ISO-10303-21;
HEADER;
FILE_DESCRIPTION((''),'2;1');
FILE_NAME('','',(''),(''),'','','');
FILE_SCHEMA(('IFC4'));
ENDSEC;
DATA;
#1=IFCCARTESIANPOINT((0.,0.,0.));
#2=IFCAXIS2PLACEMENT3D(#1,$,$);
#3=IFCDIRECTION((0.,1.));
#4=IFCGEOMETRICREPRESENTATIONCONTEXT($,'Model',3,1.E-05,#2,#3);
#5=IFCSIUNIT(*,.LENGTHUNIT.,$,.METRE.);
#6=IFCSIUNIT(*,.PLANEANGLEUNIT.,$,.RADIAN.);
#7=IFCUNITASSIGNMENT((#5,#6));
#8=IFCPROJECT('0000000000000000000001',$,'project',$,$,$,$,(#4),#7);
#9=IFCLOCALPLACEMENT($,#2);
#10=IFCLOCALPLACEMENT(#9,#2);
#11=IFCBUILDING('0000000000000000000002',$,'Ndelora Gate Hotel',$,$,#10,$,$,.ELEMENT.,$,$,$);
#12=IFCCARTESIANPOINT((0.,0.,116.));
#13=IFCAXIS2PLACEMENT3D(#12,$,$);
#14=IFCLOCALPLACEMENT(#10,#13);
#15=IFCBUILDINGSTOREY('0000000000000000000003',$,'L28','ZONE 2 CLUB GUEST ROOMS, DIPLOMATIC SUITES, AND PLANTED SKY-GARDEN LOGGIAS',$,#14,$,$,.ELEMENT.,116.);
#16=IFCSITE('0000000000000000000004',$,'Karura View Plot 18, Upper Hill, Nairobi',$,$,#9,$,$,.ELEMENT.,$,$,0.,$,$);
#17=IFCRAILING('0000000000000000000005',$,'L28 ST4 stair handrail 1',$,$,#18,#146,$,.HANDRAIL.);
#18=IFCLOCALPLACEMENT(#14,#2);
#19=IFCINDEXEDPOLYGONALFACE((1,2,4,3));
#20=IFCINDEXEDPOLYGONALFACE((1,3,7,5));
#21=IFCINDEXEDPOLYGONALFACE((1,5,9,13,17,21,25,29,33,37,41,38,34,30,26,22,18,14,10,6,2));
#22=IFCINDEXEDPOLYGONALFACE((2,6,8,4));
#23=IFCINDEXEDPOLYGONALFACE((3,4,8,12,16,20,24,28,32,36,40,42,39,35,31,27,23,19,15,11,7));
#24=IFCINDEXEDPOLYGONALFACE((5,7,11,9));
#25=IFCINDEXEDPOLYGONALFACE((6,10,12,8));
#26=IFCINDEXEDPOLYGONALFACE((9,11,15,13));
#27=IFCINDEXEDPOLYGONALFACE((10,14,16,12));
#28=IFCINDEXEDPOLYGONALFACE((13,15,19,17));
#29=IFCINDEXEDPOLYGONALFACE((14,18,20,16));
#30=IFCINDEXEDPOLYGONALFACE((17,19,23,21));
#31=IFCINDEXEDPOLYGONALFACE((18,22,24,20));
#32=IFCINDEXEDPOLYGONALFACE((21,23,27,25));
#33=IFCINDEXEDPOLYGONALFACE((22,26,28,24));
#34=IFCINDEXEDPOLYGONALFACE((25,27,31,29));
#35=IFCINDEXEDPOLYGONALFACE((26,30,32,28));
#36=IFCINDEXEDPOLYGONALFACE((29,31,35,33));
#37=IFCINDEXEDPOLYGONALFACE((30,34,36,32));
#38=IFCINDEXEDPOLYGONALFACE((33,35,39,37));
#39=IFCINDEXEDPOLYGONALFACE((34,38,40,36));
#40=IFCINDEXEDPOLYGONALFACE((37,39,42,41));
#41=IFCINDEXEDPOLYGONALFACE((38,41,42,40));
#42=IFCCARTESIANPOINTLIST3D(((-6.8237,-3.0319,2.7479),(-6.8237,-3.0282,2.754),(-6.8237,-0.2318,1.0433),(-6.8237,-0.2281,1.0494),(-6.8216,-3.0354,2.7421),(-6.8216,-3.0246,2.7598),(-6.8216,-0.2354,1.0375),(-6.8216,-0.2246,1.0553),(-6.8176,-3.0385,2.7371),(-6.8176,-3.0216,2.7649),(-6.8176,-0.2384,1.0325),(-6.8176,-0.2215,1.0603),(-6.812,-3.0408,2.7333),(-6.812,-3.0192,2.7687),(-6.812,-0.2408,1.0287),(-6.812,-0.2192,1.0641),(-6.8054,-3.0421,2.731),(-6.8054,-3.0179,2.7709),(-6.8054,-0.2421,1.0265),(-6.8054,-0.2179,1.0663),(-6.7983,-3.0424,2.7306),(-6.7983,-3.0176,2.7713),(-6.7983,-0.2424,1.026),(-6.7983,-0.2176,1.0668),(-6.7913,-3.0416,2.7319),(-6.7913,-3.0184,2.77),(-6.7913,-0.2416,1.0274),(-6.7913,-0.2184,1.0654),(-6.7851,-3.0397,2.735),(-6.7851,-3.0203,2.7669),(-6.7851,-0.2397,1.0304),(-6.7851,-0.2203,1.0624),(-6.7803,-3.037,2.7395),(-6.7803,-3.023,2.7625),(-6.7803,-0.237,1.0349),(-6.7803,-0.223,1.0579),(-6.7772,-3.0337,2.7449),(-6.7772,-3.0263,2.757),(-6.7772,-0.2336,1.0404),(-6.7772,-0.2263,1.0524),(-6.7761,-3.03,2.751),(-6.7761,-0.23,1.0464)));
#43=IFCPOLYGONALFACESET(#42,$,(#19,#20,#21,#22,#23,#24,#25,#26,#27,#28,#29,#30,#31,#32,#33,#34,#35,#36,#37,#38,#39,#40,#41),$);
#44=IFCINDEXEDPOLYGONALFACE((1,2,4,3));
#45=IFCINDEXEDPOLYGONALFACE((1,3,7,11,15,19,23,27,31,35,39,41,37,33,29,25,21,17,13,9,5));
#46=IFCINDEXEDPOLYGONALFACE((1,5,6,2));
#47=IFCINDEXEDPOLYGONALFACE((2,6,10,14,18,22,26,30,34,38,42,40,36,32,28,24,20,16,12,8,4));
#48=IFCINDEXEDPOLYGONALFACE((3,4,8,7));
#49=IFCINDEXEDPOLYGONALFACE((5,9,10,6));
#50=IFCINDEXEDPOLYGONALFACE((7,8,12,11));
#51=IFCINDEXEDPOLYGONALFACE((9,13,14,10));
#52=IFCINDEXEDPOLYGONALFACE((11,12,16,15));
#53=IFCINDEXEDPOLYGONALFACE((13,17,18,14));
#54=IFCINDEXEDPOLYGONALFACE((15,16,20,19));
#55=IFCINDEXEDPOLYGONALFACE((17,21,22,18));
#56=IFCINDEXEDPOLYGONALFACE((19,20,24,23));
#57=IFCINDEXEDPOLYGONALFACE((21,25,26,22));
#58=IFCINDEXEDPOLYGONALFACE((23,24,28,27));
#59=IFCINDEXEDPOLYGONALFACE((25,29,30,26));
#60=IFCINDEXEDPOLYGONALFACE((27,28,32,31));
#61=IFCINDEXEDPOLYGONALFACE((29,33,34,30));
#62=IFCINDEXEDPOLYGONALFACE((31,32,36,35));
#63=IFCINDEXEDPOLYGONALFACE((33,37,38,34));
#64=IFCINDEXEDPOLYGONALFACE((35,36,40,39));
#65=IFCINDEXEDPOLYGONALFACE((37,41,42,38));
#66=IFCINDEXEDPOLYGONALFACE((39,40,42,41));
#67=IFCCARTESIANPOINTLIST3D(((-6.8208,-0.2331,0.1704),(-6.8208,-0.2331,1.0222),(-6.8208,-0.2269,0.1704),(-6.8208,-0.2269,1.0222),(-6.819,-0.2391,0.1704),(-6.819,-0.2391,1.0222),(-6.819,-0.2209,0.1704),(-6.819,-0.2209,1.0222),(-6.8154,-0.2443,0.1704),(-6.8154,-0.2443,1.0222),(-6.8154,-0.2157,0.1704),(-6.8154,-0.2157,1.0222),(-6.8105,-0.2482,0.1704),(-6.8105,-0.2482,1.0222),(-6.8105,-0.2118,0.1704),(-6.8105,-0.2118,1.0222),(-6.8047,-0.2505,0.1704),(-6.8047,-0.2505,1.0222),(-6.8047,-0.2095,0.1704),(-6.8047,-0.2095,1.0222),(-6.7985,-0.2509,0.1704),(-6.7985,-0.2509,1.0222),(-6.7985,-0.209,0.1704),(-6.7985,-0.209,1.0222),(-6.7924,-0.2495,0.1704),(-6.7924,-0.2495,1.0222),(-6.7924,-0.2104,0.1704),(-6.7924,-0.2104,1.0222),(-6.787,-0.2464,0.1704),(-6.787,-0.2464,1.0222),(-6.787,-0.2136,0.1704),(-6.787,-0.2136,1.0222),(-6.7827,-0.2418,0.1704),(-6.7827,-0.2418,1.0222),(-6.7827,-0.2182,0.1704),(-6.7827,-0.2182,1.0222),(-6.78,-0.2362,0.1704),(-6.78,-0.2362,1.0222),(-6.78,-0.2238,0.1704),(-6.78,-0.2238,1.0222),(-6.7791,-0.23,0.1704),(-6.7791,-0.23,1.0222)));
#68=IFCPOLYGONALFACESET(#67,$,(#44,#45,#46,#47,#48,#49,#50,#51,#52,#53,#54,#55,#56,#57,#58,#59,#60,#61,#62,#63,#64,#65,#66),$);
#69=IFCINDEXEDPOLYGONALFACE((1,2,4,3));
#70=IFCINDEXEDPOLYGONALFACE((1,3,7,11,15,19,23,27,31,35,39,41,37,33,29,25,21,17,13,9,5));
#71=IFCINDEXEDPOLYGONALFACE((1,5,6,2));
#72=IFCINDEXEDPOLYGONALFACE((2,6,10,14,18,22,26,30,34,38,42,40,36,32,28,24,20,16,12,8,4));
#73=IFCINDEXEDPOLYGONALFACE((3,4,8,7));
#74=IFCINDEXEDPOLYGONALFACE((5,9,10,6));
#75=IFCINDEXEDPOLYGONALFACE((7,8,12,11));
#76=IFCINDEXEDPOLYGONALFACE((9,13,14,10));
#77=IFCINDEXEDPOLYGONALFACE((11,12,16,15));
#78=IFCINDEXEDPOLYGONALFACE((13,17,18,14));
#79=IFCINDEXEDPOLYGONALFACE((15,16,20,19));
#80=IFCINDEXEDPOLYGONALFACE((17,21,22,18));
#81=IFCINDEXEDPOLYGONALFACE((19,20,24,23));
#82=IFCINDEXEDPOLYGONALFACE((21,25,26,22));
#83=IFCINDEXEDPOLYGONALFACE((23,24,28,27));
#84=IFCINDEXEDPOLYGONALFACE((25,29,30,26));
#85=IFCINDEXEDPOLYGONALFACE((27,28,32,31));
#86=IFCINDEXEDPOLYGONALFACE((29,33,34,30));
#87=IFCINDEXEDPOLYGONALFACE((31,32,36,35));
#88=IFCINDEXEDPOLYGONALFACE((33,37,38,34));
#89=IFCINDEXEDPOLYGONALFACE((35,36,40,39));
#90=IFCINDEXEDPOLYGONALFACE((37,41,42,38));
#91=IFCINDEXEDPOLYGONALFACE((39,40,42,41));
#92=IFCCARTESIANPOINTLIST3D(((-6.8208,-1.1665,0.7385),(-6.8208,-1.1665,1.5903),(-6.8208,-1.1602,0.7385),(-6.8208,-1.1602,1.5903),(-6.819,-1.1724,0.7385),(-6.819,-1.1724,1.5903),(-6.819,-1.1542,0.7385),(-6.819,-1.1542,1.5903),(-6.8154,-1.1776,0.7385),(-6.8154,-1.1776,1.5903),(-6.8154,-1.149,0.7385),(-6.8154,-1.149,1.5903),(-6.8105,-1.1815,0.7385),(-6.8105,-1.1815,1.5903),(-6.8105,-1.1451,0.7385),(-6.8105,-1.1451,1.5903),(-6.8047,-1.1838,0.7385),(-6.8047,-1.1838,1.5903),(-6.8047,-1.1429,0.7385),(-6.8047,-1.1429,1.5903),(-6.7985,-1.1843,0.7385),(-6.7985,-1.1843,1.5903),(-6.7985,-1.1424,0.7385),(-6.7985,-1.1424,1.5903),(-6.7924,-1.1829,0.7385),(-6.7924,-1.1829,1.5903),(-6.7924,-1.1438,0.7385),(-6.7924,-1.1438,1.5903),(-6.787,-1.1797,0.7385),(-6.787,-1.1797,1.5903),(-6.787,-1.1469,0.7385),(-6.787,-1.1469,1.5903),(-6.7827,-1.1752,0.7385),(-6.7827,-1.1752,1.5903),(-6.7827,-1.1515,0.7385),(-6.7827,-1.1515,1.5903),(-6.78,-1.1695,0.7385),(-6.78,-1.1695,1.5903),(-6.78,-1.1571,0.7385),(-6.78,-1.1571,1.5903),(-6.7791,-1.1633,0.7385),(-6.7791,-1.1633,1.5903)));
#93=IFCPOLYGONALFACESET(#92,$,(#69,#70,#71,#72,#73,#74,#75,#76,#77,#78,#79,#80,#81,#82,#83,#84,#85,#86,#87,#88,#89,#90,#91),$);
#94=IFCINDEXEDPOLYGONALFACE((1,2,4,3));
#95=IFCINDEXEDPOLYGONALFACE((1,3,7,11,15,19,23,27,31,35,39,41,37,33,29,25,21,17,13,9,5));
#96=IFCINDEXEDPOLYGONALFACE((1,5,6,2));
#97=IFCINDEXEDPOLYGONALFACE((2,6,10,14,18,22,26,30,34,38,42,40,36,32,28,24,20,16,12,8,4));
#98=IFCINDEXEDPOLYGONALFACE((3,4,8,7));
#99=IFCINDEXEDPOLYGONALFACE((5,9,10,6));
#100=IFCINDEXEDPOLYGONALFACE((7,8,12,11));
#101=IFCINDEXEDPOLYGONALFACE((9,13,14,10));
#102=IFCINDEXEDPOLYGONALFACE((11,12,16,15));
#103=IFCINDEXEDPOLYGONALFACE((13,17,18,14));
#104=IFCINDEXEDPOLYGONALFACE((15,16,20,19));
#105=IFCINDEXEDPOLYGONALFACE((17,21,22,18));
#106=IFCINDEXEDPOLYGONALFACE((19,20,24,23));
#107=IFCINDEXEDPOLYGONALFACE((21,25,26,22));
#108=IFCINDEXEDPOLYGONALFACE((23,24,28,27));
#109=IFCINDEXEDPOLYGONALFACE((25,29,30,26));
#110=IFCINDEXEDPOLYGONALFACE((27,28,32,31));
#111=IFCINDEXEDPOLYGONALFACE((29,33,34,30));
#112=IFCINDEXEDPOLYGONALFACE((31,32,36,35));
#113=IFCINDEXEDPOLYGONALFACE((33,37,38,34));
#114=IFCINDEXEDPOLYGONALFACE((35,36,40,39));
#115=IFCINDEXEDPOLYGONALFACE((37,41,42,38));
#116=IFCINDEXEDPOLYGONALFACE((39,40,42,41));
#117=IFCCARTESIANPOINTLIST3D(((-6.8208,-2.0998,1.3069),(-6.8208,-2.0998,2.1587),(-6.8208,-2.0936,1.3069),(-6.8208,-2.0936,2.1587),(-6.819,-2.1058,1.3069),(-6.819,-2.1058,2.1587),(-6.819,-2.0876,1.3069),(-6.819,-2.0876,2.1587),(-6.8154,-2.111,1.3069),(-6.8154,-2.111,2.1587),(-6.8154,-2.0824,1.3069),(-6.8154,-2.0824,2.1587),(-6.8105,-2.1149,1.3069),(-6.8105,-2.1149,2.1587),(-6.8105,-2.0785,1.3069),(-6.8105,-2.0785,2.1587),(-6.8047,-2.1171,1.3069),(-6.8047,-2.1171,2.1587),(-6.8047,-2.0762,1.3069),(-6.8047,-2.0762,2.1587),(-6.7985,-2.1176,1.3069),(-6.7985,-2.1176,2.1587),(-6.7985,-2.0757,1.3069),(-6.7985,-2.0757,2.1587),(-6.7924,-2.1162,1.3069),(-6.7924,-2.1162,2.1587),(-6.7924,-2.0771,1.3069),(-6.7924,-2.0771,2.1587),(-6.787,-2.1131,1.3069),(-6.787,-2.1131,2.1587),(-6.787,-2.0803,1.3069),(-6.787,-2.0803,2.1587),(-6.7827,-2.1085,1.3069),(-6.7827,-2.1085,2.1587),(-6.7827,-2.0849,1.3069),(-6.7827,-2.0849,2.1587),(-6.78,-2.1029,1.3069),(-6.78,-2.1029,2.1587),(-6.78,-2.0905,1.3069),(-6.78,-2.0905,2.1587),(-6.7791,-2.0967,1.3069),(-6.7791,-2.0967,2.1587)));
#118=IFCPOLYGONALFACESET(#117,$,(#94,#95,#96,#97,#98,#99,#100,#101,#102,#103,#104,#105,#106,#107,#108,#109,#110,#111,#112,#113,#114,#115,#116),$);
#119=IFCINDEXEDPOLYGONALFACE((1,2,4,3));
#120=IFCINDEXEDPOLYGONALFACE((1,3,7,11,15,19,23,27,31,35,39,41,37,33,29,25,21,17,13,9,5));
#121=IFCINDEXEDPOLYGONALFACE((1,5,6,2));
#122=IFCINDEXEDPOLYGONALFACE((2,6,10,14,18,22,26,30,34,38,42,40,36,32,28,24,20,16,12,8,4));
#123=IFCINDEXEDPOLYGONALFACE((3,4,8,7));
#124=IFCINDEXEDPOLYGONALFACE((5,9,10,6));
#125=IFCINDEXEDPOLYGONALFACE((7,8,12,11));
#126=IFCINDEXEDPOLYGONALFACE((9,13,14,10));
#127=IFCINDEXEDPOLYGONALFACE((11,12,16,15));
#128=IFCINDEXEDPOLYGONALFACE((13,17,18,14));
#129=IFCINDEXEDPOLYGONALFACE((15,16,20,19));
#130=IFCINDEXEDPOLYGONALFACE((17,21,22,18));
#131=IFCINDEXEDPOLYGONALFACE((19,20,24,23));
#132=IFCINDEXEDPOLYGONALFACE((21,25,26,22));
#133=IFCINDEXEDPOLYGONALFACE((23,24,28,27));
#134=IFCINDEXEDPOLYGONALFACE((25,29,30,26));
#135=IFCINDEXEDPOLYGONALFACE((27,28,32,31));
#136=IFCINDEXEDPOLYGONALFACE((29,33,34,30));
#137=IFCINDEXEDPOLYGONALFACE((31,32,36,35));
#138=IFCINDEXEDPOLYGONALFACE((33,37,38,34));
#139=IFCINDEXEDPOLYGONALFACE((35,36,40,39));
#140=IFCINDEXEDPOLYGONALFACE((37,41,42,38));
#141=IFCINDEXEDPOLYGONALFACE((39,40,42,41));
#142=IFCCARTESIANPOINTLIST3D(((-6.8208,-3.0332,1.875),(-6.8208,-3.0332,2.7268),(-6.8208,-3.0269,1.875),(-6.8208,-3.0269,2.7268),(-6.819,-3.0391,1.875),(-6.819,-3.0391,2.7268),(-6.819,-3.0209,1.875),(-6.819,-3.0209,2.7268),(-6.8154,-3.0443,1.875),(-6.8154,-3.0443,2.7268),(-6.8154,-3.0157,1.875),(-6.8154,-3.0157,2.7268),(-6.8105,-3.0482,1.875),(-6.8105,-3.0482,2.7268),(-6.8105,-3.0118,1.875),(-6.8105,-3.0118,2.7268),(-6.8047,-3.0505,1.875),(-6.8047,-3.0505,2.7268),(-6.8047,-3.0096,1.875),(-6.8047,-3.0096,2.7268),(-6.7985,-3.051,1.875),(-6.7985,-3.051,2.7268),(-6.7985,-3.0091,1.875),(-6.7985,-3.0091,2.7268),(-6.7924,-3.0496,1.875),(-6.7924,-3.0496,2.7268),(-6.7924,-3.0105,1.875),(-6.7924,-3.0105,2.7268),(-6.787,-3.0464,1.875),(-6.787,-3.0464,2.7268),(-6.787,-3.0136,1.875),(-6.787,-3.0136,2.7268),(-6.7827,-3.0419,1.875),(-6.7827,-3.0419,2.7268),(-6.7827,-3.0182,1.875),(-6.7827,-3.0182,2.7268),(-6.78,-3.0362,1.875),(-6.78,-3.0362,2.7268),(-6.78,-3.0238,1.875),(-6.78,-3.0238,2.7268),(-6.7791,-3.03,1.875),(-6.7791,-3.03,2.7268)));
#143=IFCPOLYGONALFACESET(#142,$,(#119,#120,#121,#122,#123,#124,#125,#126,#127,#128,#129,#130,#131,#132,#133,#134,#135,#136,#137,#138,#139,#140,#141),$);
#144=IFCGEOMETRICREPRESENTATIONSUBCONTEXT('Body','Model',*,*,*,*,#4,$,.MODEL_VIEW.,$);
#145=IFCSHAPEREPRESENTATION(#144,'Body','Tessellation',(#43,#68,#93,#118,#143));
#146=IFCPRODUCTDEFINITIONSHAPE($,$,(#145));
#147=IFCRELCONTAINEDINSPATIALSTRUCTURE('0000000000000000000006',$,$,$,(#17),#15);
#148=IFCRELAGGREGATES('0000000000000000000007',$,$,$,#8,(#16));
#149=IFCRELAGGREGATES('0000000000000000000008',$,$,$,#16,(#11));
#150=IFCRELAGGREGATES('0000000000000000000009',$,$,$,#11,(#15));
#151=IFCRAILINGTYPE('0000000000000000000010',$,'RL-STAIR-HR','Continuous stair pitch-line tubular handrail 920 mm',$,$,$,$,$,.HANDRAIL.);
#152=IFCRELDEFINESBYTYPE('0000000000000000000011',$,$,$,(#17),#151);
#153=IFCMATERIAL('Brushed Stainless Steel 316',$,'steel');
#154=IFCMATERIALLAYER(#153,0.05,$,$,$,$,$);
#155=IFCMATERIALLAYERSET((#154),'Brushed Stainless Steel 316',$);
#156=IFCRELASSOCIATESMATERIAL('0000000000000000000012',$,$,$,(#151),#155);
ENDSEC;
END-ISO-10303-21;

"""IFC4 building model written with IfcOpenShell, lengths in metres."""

from ifc_helpers import new_model, si_unit, direction, frame, origin, origin_2d, place, context, subcontext, project, spatial, circle, extrude, material, layer, layer_set, type_object, element, save


model = new_model("IFC4")

# Units and contexts
model_context = context("Model", 3, precision=1e-05, world=origin(), true_north=direction((0.0, 1.0)))
body_context = subcontext(model_context, "Body", "Model", "MODEL_VIEW")
ifc_project = project(units=[si_unit("LENGTHUNIT", "METRE"), si_unit("PLANEANGLEUNIT", "RADIAN")], contexts=[model_context])

# Site, building, storey
site_placement = place(None, origin())
site = spatial("IfcSite", under=ifc_project, at=site_placement, Name="Karura View Plot 18, Upper Hill, Nairobi", CompositionType="ELEMENT", RefElevation=0.0)
building_placement = place(site_placement, origin())
building = spatial("IfcBuilding", under=site, at=building_placement, Name="Ndelora Gate Hotel", CompositionType="ELEMENT")
storey_placement = place(building_placement, frame((0.0, 0.0, 116.0)))
storey = spatial("IfcBuildingStorey", under=building, at=storey_placement, Name="L28", Description="ZONE 2 CLUB GUEST ROOMS, DIPLOMATIC SUITES, AND PLANTED SKY-GARDEN LOGGIAS", CompositionType="ELEMENT", Elevation=116.0)

# Railing
ifc_material_1 = material(Name="Brushed Stainless Steel 316", Category="steel")
ifc_layer_1 = layer(ifc_material_1, 0.05)
ifc_layer_set_1 = layer_set([ifc_layer_1], Name="Brushed Stainless Steel 316")
railing_type_1 = type_object("IfcRailingType", Name="RL-STAIR-HR", Description="Continuous stair pitch-line tubular handrail 920 mm", PredefinedType="HANDRAIL", material=ifc_layer_set_1)
railing_1_placement = place(storey_placement, frame((-6.8, -0.23, 0.1704)))
element("IfcRailing", 1, at=railing_1_placement, inside=storey, type_object=railing_type_1, Name="L28 ST4 stair handrail 1", PredefinedType="HANDRAIL", context=body_context, shape_type="SweptSolid", body=[
    extrude(circle(Radius=0.0239, at=origin_2d()), frame((0.0, 0.0, 0.876), z_axis=(0.0, -0.85417, 0.519994), x_axis=(1.0, 0.0, 0.0)), (0.0, 0.0, 1.0), 3.2781),
    extrude(circle(Radius=0.021, at=origin_2d()), origin(), (0.0, 0.0, 1.0), 0.8518),
    extrude(circle(Radius=0.021, at=origin_2d()), frame((0.0, -0.9333, 0.5681)), (0.0, 0.0, 1.0), 0.8518),
    extrude(circle(Radius=0.021, at=origin_2d()), frame((0.0, -1.8667, 1.1365)), (0.0, 0.0, 1.0), 0.8518),
    extrude(circle(Radius=0.021, at=origin_2d()), frame((0.0, -2.8, 1.7046)), (0.0, 0.0, 1.0), 0.8518),
])

save(model, "model.ifc")
